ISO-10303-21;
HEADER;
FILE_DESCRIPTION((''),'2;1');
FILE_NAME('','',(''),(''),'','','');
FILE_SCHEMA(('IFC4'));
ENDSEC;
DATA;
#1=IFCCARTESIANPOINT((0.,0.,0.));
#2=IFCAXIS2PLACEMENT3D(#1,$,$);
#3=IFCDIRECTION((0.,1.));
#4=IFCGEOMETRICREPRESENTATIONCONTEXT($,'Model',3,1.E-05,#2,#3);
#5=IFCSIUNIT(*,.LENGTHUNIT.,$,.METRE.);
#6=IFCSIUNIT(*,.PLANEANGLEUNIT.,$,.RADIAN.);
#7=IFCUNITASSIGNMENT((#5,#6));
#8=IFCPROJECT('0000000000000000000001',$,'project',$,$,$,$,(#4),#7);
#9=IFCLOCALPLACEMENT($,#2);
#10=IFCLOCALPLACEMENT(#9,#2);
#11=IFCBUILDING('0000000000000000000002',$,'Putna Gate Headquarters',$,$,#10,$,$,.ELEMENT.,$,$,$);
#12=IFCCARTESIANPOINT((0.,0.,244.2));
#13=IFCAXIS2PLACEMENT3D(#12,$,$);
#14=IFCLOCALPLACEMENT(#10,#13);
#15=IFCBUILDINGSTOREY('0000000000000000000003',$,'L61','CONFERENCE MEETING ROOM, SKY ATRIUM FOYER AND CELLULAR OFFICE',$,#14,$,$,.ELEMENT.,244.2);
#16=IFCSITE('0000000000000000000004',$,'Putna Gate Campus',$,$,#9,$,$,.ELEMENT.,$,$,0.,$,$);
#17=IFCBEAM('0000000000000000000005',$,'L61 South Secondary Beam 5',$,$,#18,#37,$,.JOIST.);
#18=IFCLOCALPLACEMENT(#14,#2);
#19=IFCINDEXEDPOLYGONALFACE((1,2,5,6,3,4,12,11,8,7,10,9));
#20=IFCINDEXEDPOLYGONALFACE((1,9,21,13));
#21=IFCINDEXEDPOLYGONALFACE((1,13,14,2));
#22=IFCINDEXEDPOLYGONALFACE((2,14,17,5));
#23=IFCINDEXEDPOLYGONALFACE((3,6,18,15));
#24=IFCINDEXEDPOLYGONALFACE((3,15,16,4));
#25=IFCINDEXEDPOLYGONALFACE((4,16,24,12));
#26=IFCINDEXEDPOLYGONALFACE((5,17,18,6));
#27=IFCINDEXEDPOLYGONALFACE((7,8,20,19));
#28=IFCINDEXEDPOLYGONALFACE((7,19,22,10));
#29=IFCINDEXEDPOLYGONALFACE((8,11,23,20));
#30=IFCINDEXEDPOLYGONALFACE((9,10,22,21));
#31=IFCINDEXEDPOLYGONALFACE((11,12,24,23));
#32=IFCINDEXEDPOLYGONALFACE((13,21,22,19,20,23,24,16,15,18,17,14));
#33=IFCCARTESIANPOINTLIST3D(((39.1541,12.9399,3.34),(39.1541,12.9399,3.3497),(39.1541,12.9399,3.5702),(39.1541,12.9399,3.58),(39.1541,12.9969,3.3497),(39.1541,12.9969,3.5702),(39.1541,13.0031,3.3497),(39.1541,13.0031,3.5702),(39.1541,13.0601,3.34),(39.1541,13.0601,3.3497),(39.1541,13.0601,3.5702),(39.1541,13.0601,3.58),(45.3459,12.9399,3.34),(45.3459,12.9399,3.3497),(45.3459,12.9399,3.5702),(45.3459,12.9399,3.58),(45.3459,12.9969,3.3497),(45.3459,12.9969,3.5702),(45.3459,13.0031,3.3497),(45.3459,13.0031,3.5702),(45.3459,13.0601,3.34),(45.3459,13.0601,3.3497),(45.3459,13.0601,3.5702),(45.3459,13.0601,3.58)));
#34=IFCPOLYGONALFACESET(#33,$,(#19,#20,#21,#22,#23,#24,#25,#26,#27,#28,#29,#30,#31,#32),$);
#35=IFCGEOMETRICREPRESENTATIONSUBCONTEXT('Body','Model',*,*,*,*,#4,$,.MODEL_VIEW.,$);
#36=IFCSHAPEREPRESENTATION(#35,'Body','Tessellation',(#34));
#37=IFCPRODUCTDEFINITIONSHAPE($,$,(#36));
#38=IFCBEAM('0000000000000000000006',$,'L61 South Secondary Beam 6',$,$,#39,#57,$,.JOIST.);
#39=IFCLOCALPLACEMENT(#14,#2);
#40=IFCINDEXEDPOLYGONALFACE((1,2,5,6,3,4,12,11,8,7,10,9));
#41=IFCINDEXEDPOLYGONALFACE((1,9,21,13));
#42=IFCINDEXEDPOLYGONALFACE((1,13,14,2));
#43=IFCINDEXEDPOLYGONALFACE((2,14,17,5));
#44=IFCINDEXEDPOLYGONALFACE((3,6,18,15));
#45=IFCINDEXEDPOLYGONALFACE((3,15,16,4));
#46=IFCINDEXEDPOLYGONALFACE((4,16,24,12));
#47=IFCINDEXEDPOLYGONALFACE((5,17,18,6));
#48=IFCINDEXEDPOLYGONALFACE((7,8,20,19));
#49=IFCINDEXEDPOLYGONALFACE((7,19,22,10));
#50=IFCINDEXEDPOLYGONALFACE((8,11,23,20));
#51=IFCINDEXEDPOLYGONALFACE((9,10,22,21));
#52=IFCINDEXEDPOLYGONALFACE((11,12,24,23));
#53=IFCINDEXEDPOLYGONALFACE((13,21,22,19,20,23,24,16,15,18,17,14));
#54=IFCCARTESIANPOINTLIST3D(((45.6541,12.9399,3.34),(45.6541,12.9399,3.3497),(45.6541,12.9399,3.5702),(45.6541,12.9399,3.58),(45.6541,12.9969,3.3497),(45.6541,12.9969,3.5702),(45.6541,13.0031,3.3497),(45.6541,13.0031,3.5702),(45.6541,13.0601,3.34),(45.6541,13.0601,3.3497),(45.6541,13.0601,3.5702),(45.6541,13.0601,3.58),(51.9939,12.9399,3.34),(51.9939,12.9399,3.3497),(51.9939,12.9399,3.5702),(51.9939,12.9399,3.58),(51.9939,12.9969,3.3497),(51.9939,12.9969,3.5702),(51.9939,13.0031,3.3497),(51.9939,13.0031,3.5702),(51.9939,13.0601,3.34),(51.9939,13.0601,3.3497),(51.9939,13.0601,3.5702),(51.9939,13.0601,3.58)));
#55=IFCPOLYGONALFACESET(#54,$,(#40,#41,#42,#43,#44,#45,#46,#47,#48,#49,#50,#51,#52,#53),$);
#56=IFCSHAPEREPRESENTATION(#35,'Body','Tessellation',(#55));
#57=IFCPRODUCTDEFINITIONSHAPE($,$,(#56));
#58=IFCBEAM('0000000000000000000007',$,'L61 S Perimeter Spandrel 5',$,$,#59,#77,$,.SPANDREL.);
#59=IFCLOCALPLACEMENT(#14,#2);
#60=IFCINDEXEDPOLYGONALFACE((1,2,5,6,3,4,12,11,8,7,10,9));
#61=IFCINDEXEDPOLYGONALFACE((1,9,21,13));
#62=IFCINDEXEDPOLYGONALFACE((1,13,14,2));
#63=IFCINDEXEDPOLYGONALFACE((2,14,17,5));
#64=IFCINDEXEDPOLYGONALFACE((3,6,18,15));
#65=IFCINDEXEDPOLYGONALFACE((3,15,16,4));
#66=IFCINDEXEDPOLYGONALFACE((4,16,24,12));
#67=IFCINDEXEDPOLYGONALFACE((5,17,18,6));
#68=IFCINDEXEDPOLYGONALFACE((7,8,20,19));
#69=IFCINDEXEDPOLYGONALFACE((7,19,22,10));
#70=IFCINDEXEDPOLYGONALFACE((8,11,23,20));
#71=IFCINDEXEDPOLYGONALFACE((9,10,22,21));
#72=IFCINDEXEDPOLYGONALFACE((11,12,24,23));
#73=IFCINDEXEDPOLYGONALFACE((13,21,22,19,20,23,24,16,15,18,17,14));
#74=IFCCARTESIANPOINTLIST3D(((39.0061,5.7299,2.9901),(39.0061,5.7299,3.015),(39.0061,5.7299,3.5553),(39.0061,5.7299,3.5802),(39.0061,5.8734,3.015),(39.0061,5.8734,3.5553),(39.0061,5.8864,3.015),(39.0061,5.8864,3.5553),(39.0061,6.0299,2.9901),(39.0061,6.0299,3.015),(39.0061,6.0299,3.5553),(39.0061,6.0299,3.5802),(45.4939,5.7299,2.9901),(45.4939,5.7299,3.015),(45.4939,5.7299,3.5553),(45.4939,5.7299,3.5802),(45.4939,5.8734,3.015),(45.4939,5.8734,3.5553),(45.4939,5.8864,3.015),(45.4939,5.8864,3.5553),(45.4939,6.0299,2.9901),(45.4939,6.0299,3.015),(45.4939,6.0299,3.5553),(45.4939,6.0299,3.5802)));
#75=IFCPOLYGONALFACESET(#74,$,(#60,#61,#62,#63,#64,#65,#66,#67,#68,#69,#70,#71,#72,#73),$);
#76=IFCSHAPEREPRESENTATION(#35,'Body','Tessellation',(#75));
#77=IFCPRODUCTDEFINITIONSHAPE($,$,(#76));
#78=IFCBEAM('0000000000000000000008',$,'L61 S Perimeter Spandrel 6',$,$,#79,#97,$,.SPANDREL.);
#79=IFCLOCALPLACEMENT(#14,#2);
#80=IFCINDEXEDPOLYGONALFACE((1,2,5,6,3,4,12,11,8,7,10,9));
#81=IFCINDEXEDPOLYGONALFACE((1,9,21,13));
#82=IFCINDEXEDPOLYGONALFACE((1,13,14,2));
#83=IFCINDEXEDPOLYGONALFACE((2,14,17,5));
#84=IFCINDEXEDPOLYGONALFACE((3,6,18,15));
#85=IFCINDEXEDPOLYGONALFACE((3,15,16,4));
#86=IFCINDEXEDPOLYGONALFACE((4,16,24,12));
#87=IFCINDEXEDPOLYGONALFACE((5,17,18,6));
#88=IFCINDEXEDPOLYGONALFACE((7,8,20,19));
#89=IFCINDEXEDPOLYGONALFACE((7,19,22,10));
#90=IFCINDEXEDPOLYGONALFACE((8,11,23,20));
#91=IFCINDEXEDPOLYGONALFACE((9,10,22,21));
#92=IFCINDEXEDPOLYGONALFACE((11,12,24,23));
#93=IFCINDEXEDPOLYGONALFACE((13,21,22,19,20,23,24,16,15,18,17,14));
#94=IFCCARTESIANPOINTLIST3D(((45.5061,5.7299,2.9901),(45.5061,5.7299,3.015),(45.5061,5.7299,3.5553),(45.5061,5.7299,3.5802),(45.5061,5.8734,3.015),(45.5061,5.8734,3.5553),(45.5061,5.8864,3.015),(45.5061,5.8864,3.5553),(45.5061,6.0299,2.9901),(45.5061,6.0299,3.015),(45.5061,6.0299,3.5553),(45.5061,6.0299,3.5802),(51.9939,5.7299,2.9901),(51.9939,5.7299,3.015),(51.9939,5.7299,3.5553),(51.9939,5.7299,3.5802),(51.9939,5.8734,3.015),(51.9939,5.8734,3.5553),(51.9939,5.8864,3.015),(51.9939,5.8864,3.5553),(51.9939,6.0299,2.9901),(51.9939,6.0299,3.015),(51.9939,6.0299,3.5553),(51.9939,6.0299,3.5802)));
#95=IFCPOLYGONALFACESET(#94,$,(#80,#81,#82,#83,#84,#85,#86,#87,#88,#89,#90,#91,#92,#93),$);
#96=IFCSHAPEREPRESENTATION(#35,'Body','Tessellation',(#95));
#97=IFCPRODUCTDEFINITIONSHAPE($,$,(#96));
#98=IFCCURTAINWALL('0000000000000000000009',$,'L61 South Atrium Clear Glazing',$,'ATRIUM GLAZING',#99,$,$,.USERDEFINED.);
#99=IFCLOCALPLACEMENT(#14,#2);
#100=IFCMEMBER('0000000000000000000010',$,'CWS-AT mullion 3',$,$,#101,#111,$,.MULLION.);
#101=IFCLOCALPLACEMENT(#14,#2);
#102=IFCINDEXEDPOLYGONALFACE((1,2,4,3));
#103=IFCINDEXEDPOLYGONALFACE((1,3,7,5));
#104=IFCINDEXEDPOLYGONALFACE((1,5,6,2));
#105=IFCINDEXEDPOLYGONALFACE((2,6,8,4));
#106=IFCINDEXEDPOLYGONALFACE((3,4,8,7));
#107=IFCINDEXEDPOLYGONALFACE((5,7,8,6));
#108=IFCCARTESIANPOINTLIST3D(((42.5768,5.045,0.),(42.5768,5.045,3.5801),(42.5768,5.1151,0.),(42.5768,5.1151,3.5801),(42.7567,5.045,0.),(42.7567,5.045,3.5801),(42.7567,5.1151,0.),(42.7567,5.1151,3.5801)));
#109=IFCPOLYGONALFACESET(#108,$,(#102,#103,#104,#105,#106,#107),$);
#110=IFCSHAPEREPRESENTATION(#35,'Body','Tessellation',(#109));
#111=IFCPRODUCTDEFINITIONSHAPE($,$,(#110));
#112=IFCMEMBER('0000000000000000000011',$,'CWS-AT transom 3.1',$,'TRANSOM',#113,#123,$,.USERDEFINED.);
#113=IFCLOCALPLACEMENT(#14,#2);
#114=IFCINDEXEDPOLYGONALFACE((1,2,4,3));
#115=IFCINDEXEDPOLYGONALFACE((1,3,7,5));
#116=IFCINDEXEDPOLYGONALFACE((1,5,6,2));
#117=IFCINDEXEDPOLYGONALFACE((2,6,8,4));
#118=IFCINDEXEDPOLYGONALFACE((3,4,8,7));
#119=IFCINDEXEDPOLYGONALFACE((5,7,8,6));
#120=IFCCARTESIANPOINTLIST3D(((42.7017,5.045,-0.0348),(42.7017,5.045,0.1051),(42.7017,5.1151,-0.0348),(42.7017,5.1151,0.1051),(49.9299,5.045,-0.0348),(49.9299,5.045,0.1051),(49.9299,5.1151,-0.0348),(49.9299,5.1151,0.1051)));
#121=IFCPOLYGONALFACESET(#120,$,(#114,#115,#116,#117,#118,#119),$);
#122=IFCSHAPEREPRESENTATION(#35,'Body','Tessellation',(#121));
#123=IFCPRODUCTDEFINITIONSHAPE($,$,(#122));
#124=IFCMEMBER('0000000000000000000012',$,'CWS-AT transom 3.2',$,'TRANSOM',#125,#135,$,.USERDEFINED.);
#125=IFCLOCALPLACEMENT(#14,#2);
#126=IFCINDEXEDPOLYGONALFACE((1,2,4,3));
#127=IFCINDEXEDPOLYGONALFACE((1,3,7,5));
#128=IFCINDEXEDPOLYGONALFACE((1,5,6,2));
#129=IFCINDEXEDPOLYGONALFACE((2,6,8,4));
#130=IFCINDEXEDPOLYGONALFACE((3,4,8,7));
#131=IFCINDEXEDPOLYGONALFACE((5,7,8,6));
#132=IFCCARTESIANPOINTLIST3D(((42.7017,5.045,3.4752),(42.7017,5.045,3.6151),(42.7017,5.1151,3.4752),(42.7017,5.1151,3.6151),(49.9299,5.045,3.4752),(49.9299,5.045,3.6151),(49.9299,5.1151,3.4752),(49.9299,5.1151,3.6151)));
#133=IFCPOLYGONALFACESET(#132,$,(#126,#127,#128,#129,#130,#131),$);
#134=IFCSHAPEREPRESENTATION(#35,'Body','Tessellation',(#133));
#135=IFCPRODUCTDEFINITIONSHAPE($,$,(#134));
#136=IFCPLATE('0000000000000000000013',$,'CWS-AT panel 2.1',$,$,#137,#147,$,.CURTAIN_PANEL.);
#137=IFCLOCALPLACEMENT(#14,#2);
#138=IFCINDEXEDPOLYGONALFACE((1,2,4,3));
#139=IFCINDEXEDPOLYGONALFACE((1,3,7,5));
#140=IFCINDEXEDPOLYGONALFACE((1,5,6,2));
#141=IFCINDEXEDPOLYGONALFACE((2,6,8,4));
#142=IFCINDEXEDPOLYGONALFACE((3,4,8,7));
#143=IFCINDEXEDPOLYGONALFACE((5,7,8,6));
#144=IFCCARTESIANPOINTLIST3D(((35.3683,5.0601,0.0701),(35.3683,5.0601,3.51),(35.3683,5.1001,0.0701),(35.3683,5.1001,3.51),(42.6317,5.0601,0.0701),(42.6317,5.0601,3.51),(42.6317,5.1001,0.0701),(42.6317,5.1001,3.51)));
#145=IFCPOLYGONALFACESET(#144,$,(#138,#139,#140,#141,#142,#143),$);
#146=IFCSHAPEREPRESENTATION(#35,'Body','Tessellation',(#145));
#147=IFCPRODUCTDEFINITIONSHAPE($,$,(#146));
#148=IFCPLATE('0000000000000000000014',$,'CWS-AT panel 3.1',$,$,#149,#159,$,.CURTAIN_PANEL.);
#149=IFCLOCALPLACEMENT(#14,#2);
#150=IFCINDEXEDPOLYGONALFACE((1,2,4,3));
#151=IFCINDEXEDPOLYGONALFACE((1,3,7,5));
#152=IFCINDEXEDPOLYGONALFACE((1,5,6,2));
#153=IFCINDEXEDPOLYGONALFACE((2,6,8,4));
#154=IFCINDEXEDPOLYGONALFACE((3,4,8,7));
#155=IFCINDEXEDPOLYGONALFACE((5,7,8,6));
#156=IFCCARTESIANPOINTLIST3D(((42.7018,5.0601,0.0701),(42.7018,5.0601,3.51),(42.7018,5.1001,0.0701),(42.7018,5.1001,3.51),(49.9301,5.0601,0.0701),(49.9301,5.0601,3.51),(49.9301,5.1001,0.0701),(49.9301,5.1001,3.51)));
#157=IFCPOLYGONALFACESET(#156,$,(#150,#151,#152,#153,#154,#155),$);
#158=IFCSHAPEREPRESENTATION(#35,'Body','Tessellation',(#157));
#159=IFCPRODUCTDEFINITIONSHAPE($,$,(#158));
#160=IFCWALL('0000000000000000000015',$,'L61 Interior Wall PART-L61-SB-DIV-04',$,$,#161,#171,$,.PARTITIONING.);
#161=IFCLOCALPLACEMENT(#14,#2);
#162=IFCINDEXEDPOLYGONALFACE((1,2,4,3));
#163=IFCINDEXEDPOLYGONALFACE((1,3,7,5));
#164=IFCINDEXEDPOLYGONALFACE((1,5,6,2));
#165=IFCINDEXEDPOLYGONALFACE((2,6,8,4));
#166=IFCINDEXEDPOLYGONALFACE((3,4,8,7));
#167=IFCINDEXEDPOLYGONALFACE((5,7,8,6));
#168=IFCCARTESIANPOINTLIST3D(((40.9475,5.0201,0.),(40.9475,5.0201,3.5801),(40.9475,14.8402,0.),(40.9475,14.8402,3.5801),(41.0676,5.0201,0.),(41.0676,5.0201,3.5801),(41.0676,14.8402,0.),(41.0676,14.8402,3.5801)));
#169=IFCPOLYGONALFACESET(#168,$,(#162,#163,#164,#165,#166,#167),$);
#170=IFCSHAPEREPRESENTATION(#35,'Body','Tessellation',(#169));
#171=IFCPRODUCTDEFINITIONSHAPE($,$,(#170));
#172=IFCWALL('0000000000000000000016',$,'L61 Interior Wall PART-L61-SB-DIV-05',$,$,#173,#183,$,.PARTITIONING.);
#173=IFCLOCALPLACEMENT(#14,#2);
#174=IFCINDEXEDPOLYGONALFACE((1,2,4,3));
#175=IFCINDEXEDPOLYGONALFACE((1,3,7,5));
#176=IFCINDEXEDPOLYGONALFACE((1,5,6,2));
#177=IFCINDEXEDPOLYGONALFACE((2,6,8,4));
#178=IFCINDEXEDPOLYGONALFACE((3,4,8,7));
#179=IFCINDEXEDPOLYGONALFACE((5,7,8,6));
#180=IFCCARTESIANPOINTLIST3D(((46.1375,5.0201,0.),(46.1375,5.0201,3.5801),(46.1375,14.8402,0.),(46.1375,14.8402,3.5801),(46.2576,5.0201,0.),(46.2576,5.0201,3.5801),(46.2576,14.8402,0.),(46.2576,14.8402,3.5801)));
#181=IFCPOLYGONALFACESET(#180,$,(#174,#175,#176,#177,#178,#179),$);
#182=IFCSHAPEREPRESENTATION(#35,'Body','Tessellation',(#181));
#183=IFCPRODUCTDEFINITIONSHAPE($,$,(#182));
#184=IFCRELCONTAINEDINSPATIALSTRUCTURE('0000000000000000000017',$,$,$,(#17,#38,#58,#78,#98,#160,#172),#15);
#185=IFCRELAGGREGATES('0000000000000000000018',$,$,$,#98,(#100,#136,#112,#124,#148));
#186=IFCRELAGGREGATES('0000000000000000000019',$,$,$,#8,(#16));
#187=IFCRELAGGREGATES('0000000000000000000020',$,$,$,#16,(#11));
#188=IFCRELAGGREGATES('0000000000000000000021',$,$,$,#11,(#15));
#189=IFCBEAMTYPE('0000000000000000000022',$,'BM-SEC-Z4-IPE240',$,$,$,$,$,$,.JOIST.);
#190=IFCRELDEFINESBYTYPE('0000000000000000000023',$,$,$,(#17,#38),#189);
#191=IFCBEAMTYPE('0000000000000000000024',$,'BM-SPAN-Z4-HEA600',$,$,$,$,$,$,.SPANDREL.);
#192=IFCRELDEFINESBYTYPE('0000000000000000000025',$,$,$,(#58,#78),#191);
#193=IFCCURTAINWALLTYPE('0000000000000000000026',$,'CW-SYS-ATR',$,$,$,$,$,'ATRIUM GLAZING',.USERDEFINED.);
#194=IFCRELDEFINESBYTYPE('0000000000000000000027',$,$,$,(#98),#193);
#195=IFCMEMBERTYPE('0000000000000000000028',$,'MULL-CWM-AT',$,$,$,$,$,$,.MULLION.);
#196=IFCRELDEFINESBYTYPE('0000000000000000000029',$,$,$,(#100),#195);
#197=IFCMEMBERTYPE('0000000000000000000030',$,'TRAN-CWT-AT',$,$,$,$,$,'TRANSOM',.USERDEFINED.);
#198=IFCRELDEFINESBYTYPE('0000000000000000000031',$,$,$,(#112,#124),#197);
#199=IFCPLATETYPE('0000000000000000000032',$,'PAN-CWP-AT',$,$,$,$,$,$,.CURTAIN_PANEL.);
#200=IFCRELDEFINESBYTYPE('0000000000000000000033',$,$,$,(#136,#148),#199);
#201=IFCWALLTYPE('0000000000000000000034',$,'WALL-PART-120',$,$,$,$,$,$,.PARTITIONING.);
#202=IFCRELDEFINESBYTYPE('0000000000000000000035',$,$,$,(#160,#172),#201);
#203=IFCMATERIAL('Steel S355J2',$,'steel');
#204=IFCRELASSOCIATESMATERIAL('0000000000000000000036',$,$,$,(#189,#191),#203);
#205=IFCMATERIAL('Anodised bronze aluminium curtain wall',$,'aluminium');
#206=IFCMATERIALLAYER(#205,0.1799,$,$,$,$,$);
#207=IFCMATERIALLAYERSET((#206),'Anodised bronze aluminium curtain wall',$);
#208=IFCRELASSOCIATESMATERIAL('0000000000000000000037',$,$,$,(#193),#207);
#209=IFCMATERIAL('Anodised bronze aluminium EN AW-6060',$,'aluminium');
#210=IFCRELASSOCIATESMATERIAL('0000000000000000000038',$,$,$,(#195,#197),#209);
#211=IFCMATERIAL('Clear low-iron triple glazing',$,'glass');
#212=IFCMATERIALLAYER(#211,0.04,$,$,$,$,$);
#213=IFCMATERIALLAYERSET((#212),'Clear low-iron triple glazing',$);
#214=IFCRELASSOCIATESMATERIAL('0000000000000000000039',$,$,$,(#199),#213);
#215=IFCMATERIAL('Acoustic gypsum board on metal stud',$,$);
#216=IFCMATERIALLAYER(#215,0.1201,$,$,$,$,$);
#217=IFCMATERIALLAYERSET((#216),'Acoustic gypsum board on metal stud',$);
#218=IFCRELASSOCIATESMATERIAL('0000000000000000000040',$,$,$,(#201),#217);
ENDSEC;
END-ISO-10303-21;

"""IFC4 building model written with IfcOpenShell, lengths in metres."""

from ifc_helpers import new_model, si_unit, direction, frame, frame_2d, origin, origin_2d, place, context, subcontext, project, spatial, rectangle, i_section, extrude, material, layer, layer_set, material_profile, profile_set, type_object, element, aggregate, save


model = new_model("IFC4")

# Units and contexts
model_context = context("Model", 3, precision=1e-05, world=origin(), true_north=direction((0.0, 1.0)))
body_context = subcontext(model_context, "Body", "Model", "MODEL_VIEW")
ifc_project = project(units=[si_unit("LENGTHUNIT", "METRE"), si_unit("PLANEANGLEUNIT", "RADIAN")], contexts=[model_context])

# Site, building, storey
site_placement = place(None, origin())
site = spatial("IfcSite", under=ifc_project, at=site_placement, Name="Putna Gate Campus", CompositionType="ELEMENT", RefElevation=0.0)
building_placement = place(site_placement, origin())
building = spatial("IfcBuilding", under=site, at=building_placement, Name="Putna Gate Headquarters", CompositionType="ELEMENT")
storey_placement = place(building_placement, frame((0.0, 0.0, 244.2)))
storey = spatial("IfcBuildingStorey", under=building, at=storey_placement, Name="L61", Description="CONFERENCE MEETING ROOM, SKY ATRIUM FOYER AND CELLULAR OFFICE", CompositionType="ELEMENT", Elevation=244.2)

# Beams
ifc_material_1 = material(Name="Steel S355J2", Category="steel")
ifc_material_profile_1 = material_profile(ifc_material_1, i_section(OverallWidth=0.1201, OverallDepth=0.24, WebThickness=0.0061, FlangeThickness=0.0098, at=origin_2d()), Name="Steel S355J2")
ifc_profile_set_1 = profile_set([ifc_material_profile_1], Name="Steel S355J2")
beam_type_1 = type_object("IfcBeamType", Name="BM-SEC-Z4-IPE240", PredefinedType="JOIST", material=ifc_profile_set_1)
beam_1_placement = place(storey_placement, frame((39.1541, 13.0, 3.46), z_axis=(1.0, 0.0, 0.0), x_axis=(0.0, 1.0, 0.0)))
element("IfcBeam", 1, at=beam_1_placement, inside=storey, type_object=beam_type_1, Name="L61 South Secondary Beam 5", PredefinedType="JOIST", context=body_context, shape_type="SweptSolid", body=[
    extrude(i_section(OverallWidth=0.1201, OverallDepth=0.24, WebThickness=0.0061, FlangeThickness=0.0098, at=origin_2d()), origin(), (0.0, 0.0, 1.0), 6.1919),
])
beam_2_placement = place(storey_placement, frame((45.6541, 13.0, 3.46), z_axis=(1.0, 0.0, 0.0), x_axis=(0.0, 1.0, 0.0)))
element("IfcBeam", 2, at=beam_2_placement, inside=storey, type_object=beam_type_1, Name="L61 South Secondary Beam 6", PredefinedType="JOIST", context=body_context, shape_type="SweptSolid", body=[
    extrude(i_section(OverallWidth=0.1201, OverallDepth=0.24, WebThickness=0.0061, FlangeThickness=0.0098, at=origin_2d()), origin(), (0.0, 0.0, 1.0), 6.3398),
])
ifc_material_profile_2 = material_profile(ifc_material_1, i_section(OverallWidth=0.3, OverallDepth=0.5901, WebThickness=0.0129, FlangeThickness=0.0249, at=origin_2d()), Name="Steel S355J2")
ifc_profile_set_2 = profile_set([ifc_material_profile_2], Name="Steel S355J2")
beam_type_2 = type_object("IfcBeamType", Name="BM-SPAN-Z4-HEA600", PredefinedType="SPANDREL", material=ifc_profile_set_2)
for number, where, z_axis, x_axis, name in (
    (3, (39.0061, 5.8799, 3.2852), (1.0, 0.0, 0.0), (0.0, 1.0, 0.0), "L61 S Perimeter Spandrel 5"),
    (4, (45.5061, 5.8799, 3.2852), (1.0, 0.0, 0.0), (0.0, 1.0, 0.0), "L61 S Perimeter Spandrel 6"),
):
    element("IfcBeam", number, at=place(storey_placement, frame(where, z_axis=z_axis, x_axis=x_axis)), inside=storey, type_object=beam_type_2, Name=name, PredefinedType="SPANDREL", context=body_context, shape_type="SweptSolid", body=[
        extrude(i_section(OverallWidth=0.3, OverallDepth=0.5901, WebThickness=0.0129, FlangeThickness=0.0249, at=origin_2d()), origin(), (0.0, 0.0, 1.0), 6.4878),
    ])

# Curtain wall, members, plates
ifc_material_2 = material(Name="Anodised bronze aluminium curtain wall", Category="aluminium")
ifc_layer_1 = layer(ifc_material_2, 0.1799)
ifc_layer_set_1 = layer_set([ifc_layer_1], Name="Anodised bronze aluminium curtain wall")
curtain_wall_type = type_object("IfcCurtainWallType", Name="CW-SYS-ATR", ElementType="ATRIUM GLAZING", PredefinedType="USERDEFINED", material=ifc_layer_set_1)
curtain_wall_placement = place(storey_placement, origin())
curtain_wall = element("IfcCurtainWall", 5, at=curtain_wall_placement, inside=storey, type_object=curtain_wall_type, Name="L61 South Atrium Clear Glazing", ObjectType="ATRIUM GLAZING", PredefinedType="USERDEFINED")
ifc_material_3 = material(Name="Anodised bronze aluminium EN AW-6060", Category="aluminium")
ifc_material_profile_3 = material_profile(ifc_material_3, rectangle(XDim=0.0701, YDim=0.1799, at=origin_2d()), Name="Anodised bronze aluminium EN AW-6060")
ifc_profile_set_3 = profile_set([ifc_material_profile_3], Name="Anodised bronze aluminium EN AW-6060")
member_type_1 = type_object("IfcMemberType", Name="MULL-CWM-AT", PredefinedType="MULLION", material=ifc_profile_set_3)
member_1_placement = place(storey_placement, frame((42.6667, 5.0801, 0.0), z_axis=(0.0, 0.0, 1.0), x_axis=(0.0, 1.0, 0.0)))
member_1 = element("IfcMember", 6, at=member_1_placement, type_object=member_type_1, Name="CWS-AT mullion 3", PredefinedType="MULLION", context=body_context, shape_type="SweptSolid", body=[
    extrude(rectangle(XDim=0.0701, YDim=0.1799, at=origin_2d()), origin(), (0.0, 0.0, 1.0), 3.5801),
])
ifc_material_profile_4 = material_profile(ifc_material_3, rectangle(XDim=0.0701, YDim=0.1399, at=origin_2d()), Name="Anodised bronze aluminium EN AW-6060")
ifc_profile_set_4 = profile_set([ifc_material_profile_4], Name="Anodised bronze aluminium EN AW-6060")
member_type_2 = type_object("IfcMemberType", Name="TRAN-CWT-AT", ElementType="TRANSOM", PredefinedType="USERDEFINED", material=ifc_profile_set_4)
member_2_placement = place(storey_placement, frame((42.7017, 5.0801, 0.0352), z_axis=(1.0, 0.0, 0.0), x_axis=(0.0, 1.0, 0.0)))
member_2 = element("IfcMember", 7, at=member_2_placement, type_object=member_type_2, Name="CWS-AT transom 3.1", ObjectType="TRANSOM", PredefinedType="USERDEFINED", context=body_context, shape_type="SweptSolid", body=[
    extrude(rectangle(XDim=0.0701, YDim=0.1399, at=origin_2d()), origin(), (0.0, 0.0, 1.0), 7.2283),
])
member_3_placement = place(storey_placement, frame((42.7017, 5.0801, 3.5452), z_axis=(1.0, 0.0, 0.0), x_axis=(0.0, 1.0, 0.0)))
member_3 = element("IfcMember", 8, at=member_3_placement, type_object=member_type_2, Name="CWS-AT transom 3.2", ObjectType="TRANSOM", PredefinedType="USERDEFINED", context=body_context, shape_type="SweptSolid", body=[
    extrude(rectangle(XDim=0.0701, YDim=0.1399, at=origin_2d()), origin(), (0.0, 0.0, 1.0), 7.2283),
])
ifc_material_4 = material(Name="Clear low-iron triple glazing", Category="glass")
ifc_layer_2 = layer(ifc_material_4, 0.04)
ifc_layer_set_2 = layer_set([ifc_layer_2], Name="Clear low-iron triple glazing")
plate_type = type_object("IfcPlateType", Name="PAN-CWP-AT", PredefinedType="CURTAIN_PANEL", material=ifc_layer_set_2)
plate_1_placement = place(storey_placement, frame((39.0, 5.0801, 0.0701), z_axis=(0.0, 0.0, 1.0), x_axis=(1.0, 0.0, 0.0)))
plate_1 = element("IfcPlate", 9, at=plate_1_placement, type_object=plate_type, Name="CWS-AT panel 2.1", PredefinedType="CURTAIN_PANEL", context=body_context, shape_type="SweptSolid", body=[
    extrude(rectangle(XDim=7.2634, YDim=0.04, at=origin_2d()), origin(), (0.0, 0.0, 1.0), 3.4399),
])
plate_2_placement = place(storey_placement, frame((46.3159, 5.0801, 0.0701), z_axis=(0.0, 0.0, 1.0), x_axis=(1.0, 0.0, 0.0)))
plate_2 = element("IfcPlate", 10, at=plate_2_placement, type_object=plate_type, Name="CWS-AT panel 3.1", PredefinedType="CURTAIN_PANEL", context=body_context, shape_type="SweptSolid", body=[
    extrude(rectangle(XDim=7.2283, YDim=0.04, at=origin_2d()), origin(), (0.0, 0.0, 1.0), 3.4399),
])
aggregate(curtain_wall, [member_1, plate_1, member_2, member_3, plate_2])

# Walls
ifc_material_5 = material(Name="Acoustic gypsum board on metal stud")
ifc_layer_3 = layer(ifc_material_5, 0.1201)
ifc_layer_set_3 = layer_set([ifc_layer_3], Name="Acoustic gypsum board on metal stud")
wall_type_1 = type_object("IfcWallType", Name="WALL-PART-120", PredefinedType="PARTITIONING", material=ifc_layer_set_3)
for number, where, z_axis, x_axis, name in (
    (11, (41.0076, 5.02, 0.0), (0.0, 0.0, 1.0), (0.0, 1.0, 0.0), "L61 Interior Wall PART-L61-SB-DIV-04"),
    (12, (46.1975, 5.02, 0.0), (0.0, 0.0, 1.0), (0.0, 1.0, 0.0), "L61 Interior Wall PART-L61-SB-DIV-05"),
):
    element("IfcWall", number, at=place(storey_placement, frame(where, z_axis=z_axis, x_axis=x_axis)), inside=storey, type_object=wall_type_1, Name=name, PredefinedType="PARTITIONING", context=body_context, shape_type="SweptSolid", body=[
        extrude(rectangle(XDim=9.8201, YDim=0.1201, at=frame_2d((4.9102, 0.0))), origin(), (0.0, 0.0, 1.0), 3.5801),
    ])

save(model, "model.ifc")
